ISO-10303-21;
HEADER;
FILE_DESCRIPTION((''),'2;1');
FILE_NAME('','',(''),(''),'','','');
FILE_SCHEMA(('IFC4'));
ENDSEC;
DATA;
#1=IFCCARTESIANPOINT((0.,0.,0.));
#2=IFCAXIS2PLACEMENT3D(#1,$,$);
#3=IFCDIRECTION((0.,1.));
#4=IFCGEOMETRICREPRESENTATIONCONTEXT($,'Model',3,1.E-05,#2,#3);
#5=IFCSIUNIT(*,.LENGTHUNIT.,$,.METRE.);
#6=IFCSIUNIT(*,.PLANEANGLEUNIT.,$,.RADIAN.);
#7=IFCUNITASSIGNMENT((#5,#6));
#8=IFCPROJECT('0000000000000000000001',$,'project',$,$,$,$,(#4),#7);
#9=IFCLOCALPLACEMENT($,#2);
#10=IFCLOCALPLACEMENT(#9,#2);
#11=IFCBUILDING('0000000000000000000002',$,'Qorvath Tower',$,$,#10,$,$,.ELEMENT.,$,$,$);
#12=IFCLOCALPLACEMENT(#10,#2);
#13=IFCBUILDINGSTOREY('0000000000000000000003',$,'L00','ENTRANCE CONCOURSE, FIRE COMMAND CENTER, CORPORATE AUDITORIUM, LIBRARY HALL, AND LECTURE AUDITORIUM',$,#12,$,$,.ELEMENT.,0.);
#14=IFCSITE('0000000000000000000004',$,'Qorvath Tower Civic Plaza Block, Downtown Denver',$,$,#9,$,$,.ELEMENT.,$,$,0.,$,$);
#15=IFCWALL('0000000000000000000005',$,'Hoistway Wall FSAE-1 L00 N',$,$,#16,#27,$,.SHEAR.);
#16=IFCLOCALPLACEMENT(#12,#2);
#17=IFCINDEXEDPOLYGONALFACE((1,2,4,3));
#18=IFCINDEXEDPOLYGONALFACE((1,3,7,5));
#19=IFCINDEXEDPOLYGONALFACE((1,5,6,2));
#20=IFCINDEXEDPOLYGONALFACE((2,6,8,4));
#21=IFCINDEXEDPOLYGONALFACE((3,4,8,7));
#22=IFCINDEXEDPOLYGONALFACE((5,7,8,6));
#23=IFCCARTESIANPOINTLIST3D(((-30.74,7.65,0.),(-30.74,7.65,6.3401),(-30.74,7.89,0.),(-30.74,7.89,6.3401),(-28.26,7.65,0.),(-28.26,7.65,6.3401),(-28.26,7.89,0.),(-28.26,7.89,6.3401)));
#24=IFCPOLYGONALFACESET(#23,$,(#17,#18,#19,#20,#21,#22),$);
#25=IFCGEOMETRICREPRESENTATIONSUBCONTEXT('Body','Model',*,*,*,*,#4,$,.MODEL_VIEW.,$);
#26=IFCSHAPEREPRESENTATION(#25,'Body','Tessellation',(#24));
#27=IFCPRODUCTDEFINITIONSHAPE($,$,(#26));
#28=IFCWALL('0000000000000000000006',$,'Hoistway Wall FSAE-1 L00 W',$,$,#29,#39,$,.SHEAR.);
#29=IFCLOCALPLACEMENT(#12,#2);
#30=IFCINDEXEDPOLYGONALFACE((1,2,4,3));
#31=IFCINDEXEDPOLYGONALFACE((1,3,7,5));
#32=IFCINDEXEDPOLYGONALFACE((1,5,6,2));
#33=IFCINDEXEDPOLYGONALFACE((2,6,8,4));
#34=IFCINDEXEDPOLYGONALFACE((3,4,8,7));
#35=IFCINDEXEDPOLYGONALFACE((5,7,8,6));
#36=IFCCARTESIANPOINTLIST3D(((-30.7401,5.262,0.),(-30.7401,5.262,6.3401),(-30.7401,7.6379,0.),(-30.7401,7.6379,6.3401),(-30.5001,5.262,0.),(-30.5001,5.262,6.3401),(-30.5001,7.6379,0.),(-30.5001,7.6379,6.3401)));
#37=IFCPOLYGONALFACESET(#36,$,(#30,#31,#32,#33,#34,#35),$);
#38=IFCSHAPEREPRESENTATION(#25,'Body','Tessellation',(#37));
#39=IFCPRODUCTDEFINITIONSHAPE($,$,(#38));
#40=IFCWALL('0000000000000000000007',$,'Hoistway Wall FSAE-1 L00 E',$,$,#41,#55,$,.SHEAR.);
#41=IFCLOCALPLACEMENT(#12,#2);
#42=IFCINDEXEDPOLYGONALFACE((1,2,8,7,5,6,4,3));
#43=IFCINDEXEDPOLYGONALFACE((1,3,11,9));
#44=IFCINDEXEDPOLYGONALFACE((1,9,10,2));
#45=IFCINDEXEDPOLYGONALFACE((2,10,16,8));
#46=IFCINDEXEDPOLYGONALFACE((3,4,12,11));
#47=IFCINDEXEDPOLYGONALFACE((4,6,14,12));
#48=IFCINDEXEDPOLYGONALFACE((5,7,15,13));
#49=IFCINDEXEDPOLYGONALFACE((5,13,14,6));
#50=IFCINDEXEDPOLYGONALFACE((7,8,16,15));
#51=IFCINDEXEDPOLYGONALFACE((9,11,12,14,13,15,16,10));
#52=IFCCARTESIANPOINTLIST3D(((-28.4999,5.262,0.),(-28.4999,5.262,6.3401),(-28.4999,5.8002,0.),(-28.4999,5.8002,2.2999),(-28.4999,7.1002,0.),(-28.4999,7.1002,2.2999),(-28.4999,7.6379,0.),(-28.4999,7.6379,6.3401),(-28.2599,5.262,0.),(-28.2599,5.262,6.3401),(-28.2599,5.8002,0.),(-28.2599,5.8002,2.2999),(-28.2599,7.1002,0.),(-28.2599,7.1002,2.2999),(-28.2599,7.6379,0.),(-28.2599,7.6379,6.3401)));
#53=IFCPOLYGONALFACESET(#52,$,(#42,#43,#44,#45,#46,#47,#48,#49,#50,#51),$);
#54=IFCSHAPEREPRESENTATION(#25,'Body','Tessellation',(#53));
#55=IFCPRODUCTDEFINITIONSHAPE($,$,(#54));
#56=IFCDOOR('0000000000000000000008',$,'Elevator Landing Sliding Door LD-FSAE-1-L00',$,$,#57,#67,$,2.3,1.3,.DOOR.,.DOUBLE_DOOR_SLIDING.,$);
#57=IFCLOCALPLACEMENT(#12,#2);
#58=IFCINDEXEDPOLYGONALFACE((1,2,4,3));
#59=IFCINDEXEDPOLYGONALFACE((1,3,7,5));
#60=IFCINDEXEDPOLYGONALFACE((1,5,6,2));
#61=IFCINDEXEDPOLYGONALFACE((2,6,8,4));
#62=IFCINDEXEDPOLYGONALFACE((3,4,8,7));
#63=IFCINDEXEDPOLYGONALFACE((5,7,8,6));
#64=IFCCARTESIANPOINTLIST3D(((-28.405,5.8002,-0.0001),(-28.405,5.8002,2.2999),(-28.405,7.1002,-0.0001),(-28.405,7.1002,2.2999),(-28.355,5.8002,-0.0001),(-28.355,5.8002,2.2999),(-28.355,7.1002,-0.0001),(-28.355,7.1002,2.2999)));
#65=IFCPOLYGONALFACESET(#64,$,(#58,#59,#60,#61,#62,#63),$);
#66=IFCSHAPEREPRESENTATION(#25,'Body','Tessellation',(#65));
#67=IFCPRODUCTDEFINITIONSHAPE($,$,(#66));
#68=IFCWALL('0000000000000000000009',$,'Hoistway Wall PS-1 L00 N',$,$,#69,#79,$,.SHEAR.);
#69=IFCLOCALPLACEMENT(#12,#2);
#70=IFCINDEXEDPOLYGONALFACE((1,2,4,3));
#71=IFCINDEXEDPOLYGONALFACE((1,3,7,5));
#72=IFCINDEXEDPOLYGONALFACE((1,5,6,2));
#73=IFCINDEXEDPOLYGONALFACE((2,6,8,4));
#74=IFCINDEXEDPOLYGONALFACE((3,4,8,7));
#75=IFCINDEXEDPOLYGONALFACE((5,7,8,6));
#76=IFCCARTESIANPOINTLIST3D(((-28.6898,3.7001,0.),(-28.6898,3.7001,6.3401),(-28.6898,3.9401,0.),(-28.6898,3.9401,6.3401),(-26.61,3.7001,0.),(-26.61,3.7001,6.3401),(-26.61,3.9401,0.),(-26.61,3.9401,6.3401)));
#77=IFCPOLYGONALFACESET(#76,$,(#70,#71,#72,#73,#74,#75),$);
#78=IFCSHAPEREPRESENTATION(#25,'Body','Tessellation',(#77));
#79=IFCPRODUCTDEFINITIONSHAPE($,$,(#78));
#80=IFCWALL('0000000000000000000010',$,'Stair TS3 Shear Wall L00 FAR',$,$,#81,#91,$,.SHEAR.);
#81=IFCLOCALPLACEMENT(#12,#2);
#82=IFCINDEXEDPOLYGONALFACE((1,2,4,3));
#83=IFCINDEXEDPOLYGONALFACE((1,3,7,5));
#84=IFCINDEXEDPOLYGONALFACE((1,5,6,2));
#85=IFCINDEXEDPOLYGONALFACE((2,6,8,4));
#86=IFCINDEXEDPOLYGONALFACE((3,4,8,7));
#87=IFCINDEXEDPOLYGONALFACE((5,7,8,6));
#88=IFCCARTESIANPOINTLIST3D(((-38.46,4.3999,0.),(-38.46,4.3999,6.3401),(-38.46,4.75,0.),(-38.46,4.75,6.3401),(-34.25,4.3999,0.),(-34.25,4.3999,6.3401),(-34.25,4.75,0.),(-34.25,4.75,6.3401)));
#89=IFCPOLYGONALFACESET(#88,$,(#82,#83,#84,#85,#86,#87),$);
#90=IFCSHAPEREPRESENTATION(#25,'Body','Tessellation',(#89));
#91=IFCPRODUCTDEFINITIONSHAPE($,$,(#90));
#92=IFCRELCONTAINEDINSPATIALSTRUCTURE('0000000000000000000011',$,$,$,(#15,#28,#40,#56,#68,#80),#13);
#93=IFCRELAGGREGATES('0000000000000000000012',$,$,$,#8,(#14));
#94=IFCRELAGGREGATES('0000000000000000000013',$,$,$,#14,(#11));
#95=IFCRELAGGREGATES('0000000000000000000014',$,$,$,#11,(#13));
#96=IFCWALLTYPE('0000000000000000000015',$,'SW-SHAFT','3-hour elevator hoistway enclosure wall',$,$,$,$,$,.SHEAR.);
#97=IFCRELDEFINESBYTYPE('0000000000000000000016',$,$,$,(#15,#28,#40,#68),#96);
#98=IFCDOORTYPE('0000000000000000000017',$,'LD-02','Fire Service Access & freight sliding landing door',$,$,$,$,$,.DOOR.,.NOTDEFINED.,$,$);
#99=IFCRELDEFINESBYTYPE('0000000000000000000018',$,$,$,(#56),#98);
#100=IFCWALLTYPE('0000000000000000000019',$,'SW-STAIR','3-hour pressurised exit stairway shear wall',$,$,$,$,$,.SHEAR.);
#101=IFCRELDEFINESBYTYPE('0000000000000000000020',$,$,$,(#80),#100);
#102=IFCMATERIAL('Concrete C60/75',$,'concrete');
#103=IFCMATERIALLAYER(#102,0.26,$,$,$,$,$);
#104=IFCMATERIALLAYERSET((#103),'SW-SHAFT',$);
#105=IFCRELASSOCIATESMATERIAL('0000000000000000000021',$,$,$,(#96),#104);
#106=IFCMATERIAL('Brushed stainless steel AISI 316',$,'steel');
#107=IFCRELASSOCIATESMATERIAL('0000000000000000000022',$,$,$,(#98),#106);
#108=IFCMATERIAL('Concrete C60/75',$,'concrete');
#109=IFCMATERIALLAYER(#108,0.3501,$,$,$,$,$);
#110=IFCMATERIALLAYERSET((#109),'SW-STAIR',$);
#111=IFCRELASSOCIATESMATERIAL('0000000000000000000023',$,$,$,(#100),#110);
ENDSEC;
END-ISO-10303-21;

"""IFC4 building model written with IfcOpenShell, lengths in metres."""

from ifc_helpers import new_model, si_unit, direction, frame, frame_2d, origin, place, context, subcontext, project, spatial, rectangle, extrude, material, layer, layer_set, type_object, element, fill, save


model = new_model("IFC4")

# Units and contexts
model_context = context("Model", 3, precision=1e-05, world=origin(), true_north=direction((0.0, 1.0)))
body_context = subcontext(model_context, "Body", "Model", "MODEL_VIEW")
ifc_project = project(units=[si_unit("LENGTHUNIT", "METRE"), si_unit("PLANEANGLEUNIT", "RADIAN")], contexts=[model_context])

# Site, building, storey
site_placement = place(None, origin())
site = spatial("IfcSite", under=ifc_project, at=site_placement, Name="Qorvath Tower Civic Plaza Block, Downtown Denver", CompositionType="ELEMENT", RefElevation=0.0)
building_placement = place(site_placement, origin())
building = spatial("IfcBuilding", under=site, at=building_placement, Name="Qorvath Tower", CompositionType="ELEMENT")
storey_placement = place(building_placement, origin())
storey = spatial("IfcBuildingStorey", under=building, at=storey_placement, Name="L00", Description="ENTRANCE CONCOURSE, FIRE COMMAND CENTER, CORPORATE AUDITORIUM, LIBRARY HALL, AND LECTURE AUDITORIUM", CompositionType="ELEMENT", Elevation=0.0)

# Walls
ifc_material_1 = material(Name="Concrete C60/75", Category="concrete")
ifc_layer_1 = layer(ifc_material_1, 0.26)
ifc_layer_set_1 = layer_set([ifc_layer_1], Name="SW-SHAFT")
wall_type_1 = type_object("IfcWallType", Name="SW-SHAFT", Description="3-hour elevator hoistway enclosure wall", PredefinedType="SHEAR", material=ifc_layer_set_1)
wall_1_placement = place(storey_placement, frame((-30.74, 7.77, 0.0), z_axis=(0.0, 0.0, 1.0), x_axis=(1.0, 0.0, 0.0)))
element("IfcWall", 1, at=wall_1_placement, inside=storey, type_object=wall_type_1, Name="Hoistway Wall FSAE-1 L00 N", PredefinedType="SHEAR", context=body_context, shape_type="SweptSolid", body=[
    extrude(rectangle(XDim=2.48, YDim=0.24, at=frame_2d((1.24, 0.0))), origin(), (0.0, 0.0, 1.0), 6.3401),
])
wall_2_placement = place(storey_placement, frame((-30.6201, 5.262, 0.0), z_axis=(0.0, 0.0, 1.0), x_axis=(0.0, 1.0, 0.0)))
element("IfcWall", 2, at=wall_2_placement, inside=storey, type_object=wall_type_1, Name="Hoistway Wall FSAE-1 L00 W", PredefinedType="SHEAR", context=body_context, shape_type="SweptSolid", body=[
    extrude(rectangle(XDim=2.376, YDim=0.24, at=frame_2d((1.188, 0.0))), origin(), (0.0, 0.0, 1.0), 6.3401),
])

# Wall, opening, door
wall_3_placement = place(storey_placement, frame((-28.3799, 7.6379, 0.0), z_axis=(0.0, 0.0, 1.0), x_axis=(0.0, -1.0, 0.0)))
wall_3 = element("IfcWall", 3, at=wall_3_placement, inside=storey, type_object=wall_type_1, Name="Hoistway Wall FSAE-1 L00 E", PredefinedType="SHEAR", context=body_context, shape_type="SweptSolid", body=[
    extrude(rectangle(XDim=2.376, YDim=0.24, at=frame_2d((1.188, 0.0))), origin(), (0.0, 0.0, 1.0), 6.3401),
])
opening_1_placement = place(wall_3_placement, frame((0.5378, 0.0, 0.0)))
opening_1 = element("IfcOpeningElement", 4, at=opening_1_placement, cuts=wall_3, PredefinedType="OPENING", context=body_context, shape_type="SweptSolid", body=[
    extrude(rectangle(XDim=1.3, YDim=2.3, at=frame_2d((0.6499, 1.1499))), frame((0.0, 0.1299, 0.0), z_axis=(0.0, -1.0, 0.0), x_axis=(1.0, 0.0, 0.0)), (0.0, 0.0, 1.0), 0.26),
])
ifc_material_2 = material(Name="Brushed stainless steel AISI 316", Category="steel")
door_type_1 = type_object("IfcDoorType", Name="LD-02", Description="Fire Service Access & freight sliding landing door", OperationType="NOTDEFINED", PredefinedType="DOOR", material=ifc_material_2)
door_1_placement = place(opening_1_placement, origin())
door_1 = element("IfcDoor", 5, at=door_1_placement, inside=storey, type_object=door_type_1, Name="Elevator Landing Sliding Door LD-FSAE-1-L00", OperationType="DOUBLE_DOOR_SLIDING", OverallHeight=2.3, OverallWidth=1.3, PredefinedType="DOOR", context=body_context, shape_type="SweptSolid", body=[
    extrude(rectangle(XDim=1.3, YDim=2.3, at=frame_2d((0.6499, 1.1499))), frame((0.0, 0.0249, 0.0), z_axis=(0.0, -1.0, 0.0), x_axis=(1.0, 0.0, 0.0)), (0.0, 0.0, 1.0), 0.05),
])
fill(opening_1, door_1)

# Walls
wall_4_placement = place(storey_placement, frame((-28.6899, 3.8201, 0.0), z_axis=(0.0, 0.0, 1.0), x_axis=(1.0, 0.0, 0.0)))
element("IfcWall", 6, at=wall_4_placement, inside=storey, type_object=wall_type_1, Name="Hoistway Wall PS-1 L00 N", PredefinedType="SHEAR", context=body_context, shape_type="SweptSolid", body=[
    extrude(rectangle(XDim=2.0798, YDim=0.24, at=frame_2d((1.04, 0.0))), origin(), (0.0, 0.0, 1.0), 6.3401),
])
ifc_material_3 = material(Name="Concrete C60/75", Category="concrete")
ifc_layer_2 = layer(ifc_material_3, 0.3501)
ifc_layer_set_2 = layer_set([ifc_layer_2], Name="SW-STAIR")
wall_type_2 = type_object("IfcWallType", Name="SW-STAIR", Description="3-hour pressurised exit stairway shear wall", PredefinedType="SHEAR", material=ifc_layer_set_2)
wall_5_placement = place(storey_placement, frame((-34.25, 4.575, 0.0), z_axis=(0.0, 0.0, 1.0), x_axis=(-1.0, 0.0, 0.0)))
element("IfcWall", 7, at=wall_5_placement, inside=storey, type_object=wall_type_2, Name="Stair TS3 Shear Wall L00 FAR", PredefinedType="SHEAR", context=body_context, shape_type="SweptSolid", body=[
    extrude(rectangle(XDim=4.21, YDim=0.3501, at=frame_2d((2.105, 0.0))), origin(), (0.0, 0.0, 1.0), 6.3401),
])

save(model, "model.ifc")
